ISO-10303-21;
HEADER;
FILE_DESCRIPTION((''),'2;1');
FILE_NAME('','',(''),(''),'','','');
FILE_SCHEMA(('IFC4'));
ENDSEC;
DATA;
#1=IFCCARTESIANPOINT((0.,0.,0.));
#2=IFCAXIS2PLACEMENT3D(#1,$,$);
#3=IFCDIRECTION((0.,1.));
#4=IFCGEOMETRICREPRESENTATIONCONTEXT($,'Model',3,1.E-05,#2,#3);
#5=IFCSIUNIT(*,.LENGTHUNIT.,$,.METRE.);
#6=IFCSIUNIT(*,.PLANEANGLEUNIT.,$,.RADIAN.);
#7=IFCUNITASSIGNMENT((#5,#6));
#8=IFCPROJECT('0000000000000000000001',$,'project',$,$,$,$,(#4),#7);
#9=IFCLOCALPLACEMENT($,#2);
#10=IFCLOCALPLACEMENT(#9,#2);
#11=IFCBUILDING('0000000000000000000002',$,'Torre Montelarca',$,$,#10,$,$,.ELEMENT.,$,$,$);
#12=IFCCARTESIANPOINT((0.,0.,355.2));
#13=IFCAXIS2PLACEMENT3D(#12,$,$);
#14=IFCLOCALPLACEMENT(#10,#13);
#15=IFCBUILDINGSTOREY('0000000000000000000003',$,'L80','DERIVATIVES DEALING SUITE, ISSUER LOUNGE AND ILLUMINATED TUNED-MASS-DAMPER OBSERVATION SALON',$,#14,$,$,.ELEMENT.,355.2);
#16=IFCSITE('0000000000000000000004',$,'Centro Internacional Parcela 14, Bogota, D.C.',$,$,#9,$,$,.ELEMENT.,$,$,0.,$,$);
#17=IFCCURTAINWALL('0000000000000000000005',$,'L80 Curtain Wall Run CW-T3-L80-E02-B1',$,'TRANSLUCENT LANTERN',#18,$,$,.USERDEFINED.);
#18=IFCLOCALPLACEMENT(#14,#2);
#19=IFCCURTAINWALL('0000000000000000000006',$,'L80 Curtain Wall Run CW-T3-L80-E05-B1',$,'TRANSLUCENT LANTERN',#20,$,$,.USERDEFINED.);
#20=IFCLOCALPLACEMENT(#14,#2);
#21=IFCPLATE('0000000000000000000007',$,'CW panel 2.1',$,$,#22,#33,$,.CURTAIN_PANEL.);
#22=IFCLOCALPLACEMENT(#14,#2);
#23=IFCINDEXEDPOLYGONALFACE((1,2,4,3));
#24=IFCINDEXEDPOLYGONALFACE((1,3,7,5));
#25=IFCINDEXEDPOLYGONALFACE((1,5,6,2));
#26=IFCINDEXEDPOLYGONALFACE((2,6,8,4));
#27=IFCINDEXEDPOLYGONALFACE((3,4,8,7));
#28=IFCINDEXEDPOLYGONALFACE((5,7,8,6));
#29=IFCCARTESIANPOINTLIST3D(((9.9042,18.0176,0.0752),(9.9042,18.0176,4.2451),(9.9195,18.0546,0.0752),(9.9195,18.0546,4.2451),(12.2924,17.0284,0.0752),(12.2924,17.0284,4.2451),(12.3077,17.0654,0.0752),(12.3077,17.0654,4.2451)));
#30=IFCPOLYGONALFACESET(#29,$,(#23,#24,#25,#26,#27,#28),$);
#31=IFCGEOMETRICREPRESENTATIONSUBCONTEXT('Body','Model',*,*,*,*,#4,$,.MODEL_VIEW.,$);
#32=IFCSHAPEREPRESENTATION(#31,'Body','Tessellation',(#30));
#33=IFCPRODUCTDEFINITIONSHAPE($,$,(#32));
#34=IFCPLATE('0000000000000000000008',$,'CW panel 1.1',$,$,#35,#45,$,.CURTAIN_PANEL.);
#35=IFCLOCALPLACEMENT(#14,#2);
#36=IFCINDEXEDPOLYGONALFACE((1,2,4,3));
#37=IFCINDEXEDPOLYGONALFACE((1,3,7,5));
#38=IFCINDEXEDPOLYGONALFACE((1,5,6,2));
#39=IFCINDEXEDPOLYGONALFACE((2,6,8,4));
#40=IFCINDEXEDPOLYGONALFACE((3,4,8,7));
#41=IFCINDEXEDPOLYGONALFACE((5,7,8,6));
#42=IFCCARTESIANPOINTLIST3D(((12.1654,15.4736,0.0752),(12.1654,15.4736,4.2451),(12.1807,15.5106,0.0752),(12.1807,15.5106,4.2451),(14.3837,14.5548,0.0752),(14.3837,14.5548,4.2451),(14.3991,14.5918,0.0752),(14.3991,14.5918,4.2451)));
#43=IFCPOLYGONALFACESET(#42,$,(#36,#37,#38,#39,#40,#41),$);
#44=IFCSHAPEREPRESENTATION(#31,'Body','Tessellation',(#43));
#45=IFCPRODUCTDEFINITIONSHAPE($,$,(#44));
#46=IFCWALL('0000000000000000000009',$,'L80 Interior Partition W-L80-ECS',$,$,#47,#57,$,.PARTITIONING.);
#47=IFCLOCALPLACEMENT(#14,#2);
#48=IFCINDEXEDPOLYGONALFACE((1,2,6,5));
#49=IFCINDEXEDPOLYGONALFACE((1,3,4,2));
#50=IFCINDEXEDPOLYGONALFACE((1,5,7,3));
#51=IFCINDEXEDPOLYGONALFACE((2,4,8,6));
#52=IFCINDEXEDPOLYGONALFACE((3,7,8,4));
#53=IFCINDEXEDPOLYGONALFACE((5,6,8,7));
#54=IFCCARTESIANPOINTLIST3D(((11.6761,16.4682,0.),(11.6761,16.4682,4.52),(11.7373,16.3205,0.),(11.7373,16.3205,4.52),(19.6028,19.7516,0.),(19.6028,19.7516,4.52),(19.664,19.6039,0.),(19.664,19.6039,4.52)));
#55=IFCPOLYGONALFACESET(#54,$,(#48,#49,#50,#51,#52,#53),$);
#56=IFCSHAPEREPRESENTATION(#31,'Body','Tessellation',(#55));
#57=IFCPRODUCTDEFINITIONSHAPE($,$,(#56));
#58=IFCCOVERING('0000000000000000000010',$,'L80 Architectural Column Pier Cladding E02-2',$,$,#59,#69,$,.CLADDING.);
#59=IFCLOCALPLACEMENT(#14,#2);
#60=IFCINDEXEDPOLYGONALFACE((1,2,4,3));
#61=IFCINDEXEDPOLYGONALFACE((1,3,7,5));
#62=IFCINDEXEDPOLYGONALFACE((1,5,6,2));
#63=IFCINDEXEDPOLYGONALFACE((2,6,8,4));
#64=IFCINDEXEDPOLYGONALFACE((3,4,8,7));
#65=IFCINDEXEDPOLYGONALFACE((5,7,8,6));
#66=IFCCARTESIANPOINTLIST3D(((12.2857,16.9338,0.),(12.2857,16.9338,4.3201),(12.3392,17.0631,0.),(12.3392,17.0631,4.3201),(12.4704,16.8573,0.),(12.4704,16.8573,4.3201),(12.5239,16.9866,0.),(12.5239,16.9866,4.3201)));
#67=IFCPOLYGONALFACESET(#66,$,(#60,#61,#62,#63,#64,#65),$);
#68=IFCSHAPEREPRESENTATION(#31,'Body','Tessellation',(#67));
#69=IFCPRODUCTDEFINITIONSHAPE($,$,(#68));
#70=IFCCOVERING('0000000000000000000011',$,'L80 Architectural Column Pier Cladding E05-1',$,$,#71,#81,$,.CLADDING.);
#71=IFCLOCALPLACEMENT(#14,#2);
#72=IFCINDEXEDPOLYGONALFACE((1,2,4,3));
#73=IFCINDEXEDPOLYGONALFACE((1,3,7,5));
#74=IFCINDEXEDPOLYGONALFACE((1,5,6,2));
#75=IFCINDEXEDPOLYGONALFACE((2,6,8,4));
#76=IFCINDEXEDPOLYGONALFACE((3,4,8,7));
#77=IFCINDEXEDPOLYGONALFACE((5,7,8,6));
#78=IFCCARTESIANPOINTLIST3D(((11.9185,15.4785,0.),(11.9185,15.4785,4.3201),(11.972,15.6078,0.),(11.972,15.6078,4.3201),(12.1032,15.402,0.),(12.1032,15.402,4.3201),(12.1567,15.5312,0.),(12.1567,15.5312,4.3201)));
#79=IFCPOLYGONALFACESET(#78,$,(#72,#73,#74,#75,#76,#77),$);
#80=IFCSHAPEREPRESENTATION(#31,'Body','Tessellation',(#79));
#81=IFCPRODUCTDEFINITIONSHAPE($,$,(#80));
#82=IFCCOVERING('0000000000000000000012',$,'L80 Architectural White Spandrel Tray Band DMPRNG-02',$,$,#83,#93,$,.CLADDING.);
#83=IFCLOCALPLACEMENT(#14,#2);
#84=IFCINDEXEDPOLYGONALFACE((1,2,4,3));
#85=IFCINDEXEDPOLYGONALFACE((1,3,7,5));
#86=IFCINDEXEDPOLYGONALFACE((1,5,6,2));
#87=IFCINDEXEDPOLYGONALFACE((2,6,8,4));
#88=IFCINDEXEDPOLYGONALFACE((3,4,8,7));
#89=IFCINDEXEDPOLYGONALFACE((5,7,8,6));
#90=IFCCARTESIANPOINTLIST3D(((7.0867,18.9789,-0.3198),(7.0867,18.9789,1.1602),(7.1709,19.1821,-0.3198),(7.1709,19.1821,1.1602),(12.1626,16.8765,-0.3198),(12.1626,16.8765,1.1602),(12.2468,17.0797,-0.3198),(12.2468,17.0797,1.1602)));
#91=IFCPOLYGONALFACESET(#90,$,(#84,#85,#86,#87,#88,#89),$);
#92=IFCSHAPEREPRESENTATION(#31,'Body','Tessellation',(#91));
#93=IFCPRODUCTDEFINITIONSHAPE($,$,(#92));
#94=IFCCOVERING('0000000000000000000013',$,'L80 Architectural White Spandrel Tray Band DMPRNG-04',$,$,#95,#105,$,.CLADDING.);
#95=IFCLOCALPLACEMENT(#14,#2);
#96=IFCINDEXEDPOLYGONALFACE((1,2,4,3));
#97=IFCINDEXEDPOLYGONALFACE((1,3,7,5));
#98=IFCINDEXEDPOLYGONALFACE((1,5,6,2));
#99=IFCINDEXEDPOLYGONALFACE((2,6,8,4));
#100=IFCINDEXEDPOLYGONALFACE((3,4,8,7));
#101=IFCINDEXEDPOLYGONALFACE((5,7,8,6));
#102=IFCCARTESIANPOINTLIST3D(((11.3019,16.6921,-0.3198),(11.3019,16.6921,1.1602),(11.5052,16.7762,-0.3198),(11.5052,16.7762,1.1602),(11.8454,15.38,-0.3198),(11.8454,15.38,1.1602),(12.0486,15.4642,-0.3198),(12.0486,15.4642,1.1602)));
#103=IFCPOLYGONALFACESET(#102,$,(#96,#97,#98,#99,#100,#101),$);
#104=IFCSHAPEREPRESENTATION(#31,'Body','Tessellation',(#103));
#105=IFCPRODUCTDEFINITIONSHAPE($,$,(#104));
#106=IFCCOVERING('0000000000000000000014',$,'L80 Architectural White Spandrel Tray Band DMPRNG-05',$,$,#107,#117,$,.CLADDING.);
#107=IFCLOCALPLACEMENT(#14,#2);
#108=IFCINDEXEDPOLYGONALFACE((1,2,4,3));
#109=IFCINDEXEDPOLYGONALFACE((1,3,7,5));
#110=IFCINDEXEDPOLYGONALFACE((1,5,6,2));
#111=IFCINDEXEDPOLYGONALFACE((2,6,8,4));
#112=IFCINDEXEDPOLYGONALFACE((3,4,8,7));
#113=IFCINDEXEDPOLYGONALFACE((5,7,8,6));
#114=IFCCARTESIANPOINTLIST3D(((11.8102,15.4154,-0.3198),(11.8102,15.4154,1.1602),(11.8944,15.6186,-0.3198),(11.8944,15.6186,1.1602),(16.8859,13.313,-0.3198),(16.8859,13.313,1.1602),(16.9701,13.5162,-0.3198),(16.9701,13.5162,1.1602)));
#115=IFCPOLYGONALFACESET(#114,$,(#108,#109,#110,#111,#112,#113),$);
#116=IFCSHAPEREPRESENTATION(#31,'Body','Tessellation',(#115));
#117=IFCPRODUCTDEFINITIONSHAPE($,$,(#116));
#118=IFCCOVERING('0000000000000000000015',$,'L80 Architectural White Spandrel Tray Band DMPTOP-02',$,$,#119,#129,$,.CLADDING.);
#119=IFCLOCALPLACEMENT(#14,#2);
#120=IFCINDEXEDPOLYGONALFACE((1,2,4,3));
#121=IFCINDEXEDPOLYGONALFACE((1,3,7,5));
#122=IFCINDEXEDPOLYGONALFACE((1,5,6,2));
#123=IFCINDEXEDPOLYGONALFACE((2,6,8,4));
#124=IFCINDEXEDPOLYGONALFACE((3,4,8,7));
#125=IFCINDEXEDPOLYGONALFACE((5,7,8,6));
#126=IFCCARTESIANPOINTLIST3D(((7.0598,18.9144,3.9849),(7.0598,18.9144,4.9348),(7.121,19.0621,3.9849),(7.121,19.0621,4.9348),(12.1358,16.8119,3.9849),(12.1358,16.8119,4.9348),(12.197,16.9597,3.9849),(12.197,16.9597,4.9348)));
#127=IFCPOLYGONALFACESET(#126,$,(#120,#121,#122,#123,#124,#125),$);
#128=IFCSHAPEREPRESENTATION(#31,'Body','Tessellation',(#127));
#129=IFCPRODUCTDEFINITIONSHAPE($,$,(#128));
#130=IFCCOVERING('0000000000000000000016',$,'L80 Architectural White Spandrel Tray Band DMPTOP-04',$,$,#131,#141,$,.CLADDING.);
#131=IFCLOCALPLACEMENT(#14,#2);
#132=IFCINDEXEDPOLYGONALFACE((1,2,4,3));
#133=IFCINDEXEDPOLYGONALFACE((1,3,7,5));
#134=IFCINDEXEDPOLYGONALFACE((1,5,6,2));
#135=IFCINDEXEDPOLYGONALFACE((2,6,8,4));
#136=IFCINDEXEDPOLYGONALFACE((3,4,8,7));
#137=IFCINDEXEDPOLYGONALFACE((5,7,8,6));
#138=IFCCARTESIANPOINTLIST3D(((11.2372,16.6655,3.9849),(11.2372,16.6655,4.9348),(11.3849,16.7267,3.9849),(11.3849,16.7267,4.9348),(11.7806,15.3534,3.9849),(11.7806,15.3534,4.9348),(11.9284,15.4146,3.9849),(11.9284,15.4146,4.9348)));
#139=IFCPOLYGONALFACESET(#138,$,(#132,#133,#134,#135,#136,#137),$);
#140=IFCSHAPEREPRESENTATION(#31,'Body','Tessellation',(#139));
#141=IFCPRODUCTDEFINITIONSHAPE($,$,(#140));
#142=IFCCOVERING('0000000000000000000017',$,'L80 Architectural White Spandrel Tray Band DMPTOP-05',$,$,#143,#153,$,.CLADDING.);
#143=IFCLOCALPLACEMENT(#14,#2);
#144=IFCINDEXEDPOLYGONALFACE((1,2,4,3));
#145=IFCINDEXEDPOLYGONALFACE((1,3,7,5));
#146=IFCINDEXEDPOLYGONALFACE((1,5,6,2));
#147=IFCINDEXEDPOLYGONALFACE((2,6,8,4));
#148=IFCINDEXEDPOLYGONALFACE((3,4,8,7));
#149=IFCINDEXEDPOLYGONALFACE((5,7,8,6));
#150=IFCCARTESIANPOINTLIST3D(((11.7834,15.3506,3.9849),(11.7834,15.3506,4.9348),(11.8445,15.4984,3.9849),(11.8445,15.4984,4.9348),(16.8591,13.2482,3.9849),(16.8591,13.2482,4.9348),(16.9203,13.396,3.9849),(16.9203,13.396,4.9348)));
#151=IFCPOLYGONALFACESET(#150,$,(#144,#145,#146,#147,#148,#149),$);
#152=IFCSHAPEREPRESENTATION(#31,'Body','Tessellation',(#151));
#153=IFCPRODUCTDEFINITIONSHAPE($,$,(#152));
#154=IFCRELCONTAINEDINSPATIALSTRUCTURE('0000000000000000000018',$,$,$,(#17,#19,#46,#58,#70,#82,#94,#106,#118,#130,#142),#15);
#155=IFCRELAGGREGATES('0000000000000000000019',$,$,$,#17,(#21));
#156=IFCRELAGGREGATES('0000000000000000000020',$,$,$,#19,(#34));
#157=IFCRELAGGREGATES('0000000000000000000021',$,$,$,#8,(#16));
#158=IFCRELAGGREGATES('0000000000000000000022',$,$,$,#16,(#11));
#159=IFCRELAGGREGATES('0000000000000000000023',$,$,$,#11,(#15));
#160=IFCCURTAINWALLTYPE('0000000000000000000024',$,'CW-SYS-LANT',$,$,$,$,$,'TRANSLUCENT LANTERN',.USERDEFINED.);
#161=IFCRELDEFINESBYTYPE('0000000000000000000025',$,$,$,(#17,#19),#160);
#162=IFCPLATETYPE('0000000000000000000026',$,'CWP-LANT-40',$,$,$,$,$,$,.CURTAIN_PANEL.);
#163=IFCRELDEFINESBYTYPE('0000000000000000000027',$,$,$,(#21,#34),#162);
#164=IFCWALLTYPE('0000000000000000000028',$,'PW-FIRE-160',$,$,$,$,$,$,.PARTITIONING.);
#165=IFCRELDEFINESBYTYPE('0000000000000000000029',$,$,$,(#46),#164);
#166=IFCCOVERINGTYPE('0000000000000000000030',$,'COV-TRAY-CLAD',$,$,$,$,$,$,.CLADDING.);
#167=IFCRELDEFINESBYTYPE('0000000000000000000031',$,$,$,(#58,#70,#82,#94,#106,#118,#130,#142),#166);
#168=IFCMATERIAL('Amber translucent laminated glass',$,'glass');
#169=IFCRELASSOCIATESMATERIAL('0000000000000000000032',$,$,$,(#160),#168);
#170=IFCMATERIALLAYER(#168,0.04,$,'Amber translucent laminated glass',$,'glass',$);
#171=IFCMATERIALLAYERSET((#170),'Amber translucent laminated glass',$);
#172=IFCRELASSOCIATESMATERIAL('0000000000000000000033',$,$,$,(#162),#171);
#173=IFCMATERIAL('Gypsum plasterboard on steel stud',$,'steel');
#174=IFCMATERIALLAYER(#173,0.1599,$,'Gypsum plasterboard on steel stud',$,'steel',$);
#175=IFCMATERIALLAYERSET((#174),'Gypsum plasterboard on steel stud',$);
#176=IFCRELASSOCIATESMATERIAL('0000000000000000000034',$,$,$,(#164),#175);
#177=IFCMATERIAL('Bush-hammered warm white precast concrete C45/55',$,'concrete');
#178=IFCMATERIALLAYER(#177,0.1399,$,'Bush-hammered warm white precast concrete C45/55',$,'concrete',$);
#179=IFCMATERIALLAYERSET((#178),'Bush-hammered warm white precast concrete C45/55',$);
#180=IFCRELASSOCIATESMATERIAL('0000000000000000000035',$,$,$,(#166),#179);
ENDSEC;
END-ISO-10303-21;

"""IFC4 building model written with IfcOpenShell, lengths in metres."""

from ifc_helpers import new_model, si_unit, direction, frame, frame_2d, origin, origin_2d, place, context, subcontext, project, spatial, rectangle, extrude, source, transform, mapped, material, layer, layer_set, type_object, element, aggregate, save


model = new_model("IFC4")

# Units and contexts
model_context = context("Model", 3, precision=1e-05, world=origin(), true_north=direction((0.0, 1.0)))
body_context = subcontext(model_context, "Body", "Model", "MODEL_VIEW")
ifc_project = project(units=[si_unit("LENGTHUNIT", "METRE"), si_unit("PLANEANGLEUNIT", "RADIAN")], contexts=[model_context])

# Site, building, storey
site_placement = place(None, origin())
site = spatial("IfcSite", under=ifc_project, at=site_placement, Name="Centro Internacional Parcela 14, Bogota, D.C.", CompositionType="ELEMENT", RefElevation=0.0)
building_placement = place(site_placement, origin())
building = spatial("IfcBuilding", under=site, at=building_placement, Name="Torre Montelarca", CompositionType="ELEMENT")
storey_placement = place(building_placement, frame((0.0, 0.0, 355.2)))
storey = spatial("IfcBuildingStorey", under=building, at=storey_placement, Name="L80", Description="DERIVATIVES DEALING SUITE, ISSUER LOUNGE AND ILLUMINATED TUNED-MASS-DAMPER OBSERVATION SALON", CompositionType="ELEMENT", Elevation=355.2)

# Curtain walls
ifc_material_1 = material(Name="Amber translucent laminated glass", Category="glass")
curtain_wall_type = type_object("IfcCurtainWallType", Name="CW-SYS-LANT", ElementType="TRANSLUCENT LANTERN", PredefinedType="USERDEFINED", material=ifc_material_1)
curtain_wall_1_placement = place(storey_placement, origin())
curtain_wall_1 = element("IfcCurtainWall", 1, at=curtain_wall_1_placement, inside=storey, type_object=curtain_wall_type, Name="L80 Curtain Wall Run CW-T3-L80-E02-B1", ObjectType="TRANSLUCENT LANTERN", PredefinedType="USERDEFINED")
curtain_wall_2_placement = place(storey_placement, origin())
curtain_wall_2 = element("IfcCurtainWall", 2, at=curtain_wall_2_placement, inside=storey, type_object=curtain_wall_type, Name="L80 Curtain Wall Run CW-T3-L80-E05-B1", ObjectType="TRANSLUCENT LANTERN", PredefinedType="USERDEFINED")

# Plates
ifc_layer_1 = layer(ifc_material_1, 0.04, Name="Amber translucent laminated glass", Category="glass")
ifc_layer_set_1 = layer_set([ifc_layer_1], Name="Amber translucent laminated glass")
plate_type = type_object("IfcPlateType", Name="CWP-LANT-40", PredefinedType="CURTAIN_PANEL", material=ifc_layer_set_1)
shared_shape_1 = source(origin(), body_context, "Body", "SweptSolid", [
    extrude(rectangle(XDim=2.585, YDim=0.04, at=origin_2d()), origin(), (0.0, 0.0, 1.0), 4.1699),
])
plate_1_placement = place(storey_placement, frame((11.106, 17.5415, 0.0752), z_axis=(0.0, 0.0, 1.0), x_axis=(0.923888, -0.382664, 0.0)))
plate_1 = element("IfcPlate", 3, at=plate_1_placement, type_object=plate_type, Name="CW panel 2.1", PredefinedType="CURTAIN_PANEL", context=body_context, shape_type="MappedRepresentation", body=[
    mapped(shared_shape_1, transform((0.0, 0.0, 0.0), scale=1.0)),
])
aggregate(curtain_wall_1, [plate_1])
shared_shape_2 = source(origin(), body_context, "Body", "SweptSolid", [
    extrude(rectangle(XDim=2.4011, YDim=0.04, at=origin_2d()), origin(), (0.0, 0.0, 1.0), 4.1699),
])
plate_2_placement = place(storey_placement, frame((13.2822, 15.0327, 0.0752), z_axis=(0.0, 0.0, 1.0), x_axis=(0.923885, -0.382671, 0.0)))
plate_2 = element("IfcPlate", 4, at=plate_2_placement, type_object=plate_type, Name="CW panel 1.1", PredefinedType="CURTAIN_PANEL", context=body_context, shape_type="MappedRepresentation", body=[
    mapped(shared_shape_2, transform((0.0, 0.0, 0.0), scale=1.0)),
])
aggregate(curtain_wall_2, [plate_2])

# Wall
ifc_material_2 = material(Name="Gypsum plasterboard on steel stud", Category="steel")
ifc_layer_2 = layer(ifc_material_2, 0.1599, Name="Gypsum plasterboard on steel stud", Category="steel")
ifc_layer_set_2 = layer_set([ifc_layer_2], Name="Gypsum plasterboard on steel stud")
wall_type = type_object("IfcWallType", Name="PW-FIRE-160", PredefinedType="PARTITIONING", material=ifc_layer_set_2)
wall_placement = place(storey_placement, frame((11.7065, 16.3943, 0.0), z_axis=(0.0, 0.0, 1.0), x_axis=(0.923876, 0.382691, 0.0)))
element("IfcWall", 5, at=wall_placement, inside=storey, type_object=wall_type, Name="L80 Interior Partition W-L80-ECS", PredefinedType="PARTITIONING", context=body_context, shape_type="SweptSolid", body=[
    extrude(rectangle(XDim=8.5798, YDim=0.1599, at=frame_2d((4.29, 0.0))), origin(), (0.0, 0.0, 1.0), 4.52),
])

# Coverings
ifc_material_3 = material(Name="Bush-hammered warm white precast concrete C45/55", Category="concrete")
ifc_layer_3 = layer(ifc_material_3, 0.1399, Name="Bush-hammered warm white precast concrete C45/55", Category="concrete")
ifc_layer_set_3 = layer_set([ifc_layer_3], Name="Bush-hammered warm white precast concrete C45/55")
covering_type = type_object("IfcCoveringType", Name="COV-TRAY-CLAD", PredefinedType="CLADDING", material=ifc_layer_set_3)
shared_shape_3 = source(origin(), body_context, "Body", "SweptSolid", [
    extrude(rectangle(XDim=0.2, YDim=0.1399, at=origin_2d()), origin(), (0.0, 0.0, 1.0), 4.3201),
])
for number, where, z_axis, x_axis, name in (
    (6, (12.4048, 16.9602, 0.0), (0.0, 0.0, 1.0), (0.923884, -0.382672, 0.0), "L80 Architectural Column Pier Cladding E02-2"),
    (7, (12.0376, 15.5049, 0.0), (0.0, 0.0, 1.0), (0.923881, -0.38268, 0.0), "L80 Architectural Column Pier Cladding E05-1"),
):
    element("IfcCovering", number, at=place(storey_placement, frame(where, z_axis=z_axis, x_axis=x_axis)), inside=storey, type_object=covering_type, Name=name, PredefinedType="CLADDING", context=body_context, shape_type="MappedRepresentation", body=[
        mapped(shared_shape_3, transform((0.0, 0.0, 0.0), scale=1.0)),
    ])
shared_shape_4 = source(origin(), body_context, "Body", "SweptSolid", [
    extrude(rectangle(XDim=5.4941, YDim=0.22, at=origin_2d()), origin(), (0.0, 0.0, 1.0), 1.48),
])
covering_1_placement = place(storey_placement, frame((9.6667, 18.0293, -0.3198), z_axis=(0.0, 0.0, 1.0), x_axis=(0.923884, -0.382672, 0.0)))
element("IfcCovering", 8, at=covering_1_placement, inside=storey, type_object=covering_type, Name="L80 Architectural White Spandrel Tray Band DMPRNG-02", PredefinedType="CLADDING", context=body_context, shape_type="MappedRepresentation", body=[
    mapped(shared_shape_4, transform((0.0, 0.0, 0.0), scale=1.0)),
])
shared_shape_5 = source(origin(), body_context, "Body", "SweptSolid", [
    extrude(rectangle(XDim=1.4202, YDim=0.22, at=origin_2d()), origin(), (0.0, 0.0, 1.0), 1.48),
])
covering_2_placement = place(storey_placement, frame((11.6753, 16.0781, -0.3198), z_axis=(0.0, 0.0, 1.0), x_axis=(0.382675, -0.923883, 0.0)))
element("IfcCovering", 9, at=covering_2_placement, inside=storey, type_object=covering_type, Name="L80 Architectural White Spandrel Tray Band DMPRNG-04", PredefinedType="CLADDING", context=body_context, shape_type="MappedRepresentation", body=[
    mapped(shared_shape_5, transform((0.0, 0.0, 0.0), scale=1.0)),
])
shared_shape_6 = source(origin(), body_context, "Body", "SweptSolid", [
    extrude(rectangle(XDim=5.4939, YDim=0.22, at=origin_2d()), origin(), (0.0, 0.0, 1.0), 1.48),
])
covering_3_placement = place(storey_placement, frame((14.3901, 14.4658, -0.3198), z_axis=(0.0, 0.0, 1.0), x_axis=(0.923882, -0.382679, 0.0)))
element("IfcCovering", 10, at=covering_3_placement, inside=storey, type_object=covering_type, Name="L80 Architectural White Spandrel Tray Band DMPRNG-05", PredefinedType="CLADDING", context=body_context, shape_type="MappedRepresentation", body=[
    mapped(shared_shape_6, transform((0.0, 0.0, 0.0), scale=1.0)),
])
shared_shape_7 = source(origin(), body_context, "Body", "SweptSolid", [
    extrude(rectangle(XDim=5.4941, YDim=0.1599, at=origin_2d()), origin(), (0.0, 0.0, 1.0), 0.95),
])
covering_4_placement = place(storey_placement, frame((9.6284, 17.937, 3.9849), z_axis=(0.0, 0.0, 1.0), x_axis=(0.923884, -0.382672, 0.0)))
element("IfcCovering", 11, at=covering_4_placement, inside=storey, type_object=covering_type, Name="L80 Architectural White Spandrel Tray Band DMPTOP-02", PredefinedType="CLADDING", context=body_context, shape_type="MappedRepresentation", body=[
    mapped(shared_shape_7, transform((0.0, 0.0, 0.0), scale=1.0)),
])
shared_shape_8 = source(origin(), body_context, "Body", "SweptSolid", [
    extrude(rectangle(XDim=1.4202, YDim=0.1599, at=origin_2d()), origin(), (0.0, 0.0, 1.0), 0.95),
])
covering_5_placement = place(storey_placement, frame((11.5828, 16.04, 3.9849), z_axis=(0.0, 0.0, 1.0), x_axis=(0.382675, -0.923883, 0.0)))
element("IfcCovering", 12, at=covering_5_placement, inside=storey, type_object=covering_type, Name="L80 Architectural White Spandrel Tray Band DMPTOP-04", PredefinedType="CLADDING", context=body_context, shape_type="MappedRepresentation", body=[
    mapped(shared_shape_8, transform((0.0, 0.0, 0.0), scale=1.0)),
])
shared_shape_9 = source(origin(), body_context, "Body", "SweptSolid", [
    extrude(rectangle(XDim=5.4939, YDim=0.1599, at=origin_2d()), origin(), (0.0, 0.0, 1.0), 0.95),
])
covering_6_placement = place(storey_placement, frame((14.3518, 14.3733, 3.9849), z_axis=(0.0, 0.0, 1.0), x_axis=(0.923882, -0.382679, 0.0)))
element("IfcCovering", 13, at=covering_6_placement, inside=storey, type_object=covering_type, Name="L80 Architectural White Spandrel Tray Band DMPTOP-05", PredefinedType="CLADDING", context=body_context, shape_type="MappedRepresentation", body=[
    mapped(shared_shape_9, transform((0.0, 0.0, 0.0), scale=1.0)),
])

save(model, "model.ifc")
